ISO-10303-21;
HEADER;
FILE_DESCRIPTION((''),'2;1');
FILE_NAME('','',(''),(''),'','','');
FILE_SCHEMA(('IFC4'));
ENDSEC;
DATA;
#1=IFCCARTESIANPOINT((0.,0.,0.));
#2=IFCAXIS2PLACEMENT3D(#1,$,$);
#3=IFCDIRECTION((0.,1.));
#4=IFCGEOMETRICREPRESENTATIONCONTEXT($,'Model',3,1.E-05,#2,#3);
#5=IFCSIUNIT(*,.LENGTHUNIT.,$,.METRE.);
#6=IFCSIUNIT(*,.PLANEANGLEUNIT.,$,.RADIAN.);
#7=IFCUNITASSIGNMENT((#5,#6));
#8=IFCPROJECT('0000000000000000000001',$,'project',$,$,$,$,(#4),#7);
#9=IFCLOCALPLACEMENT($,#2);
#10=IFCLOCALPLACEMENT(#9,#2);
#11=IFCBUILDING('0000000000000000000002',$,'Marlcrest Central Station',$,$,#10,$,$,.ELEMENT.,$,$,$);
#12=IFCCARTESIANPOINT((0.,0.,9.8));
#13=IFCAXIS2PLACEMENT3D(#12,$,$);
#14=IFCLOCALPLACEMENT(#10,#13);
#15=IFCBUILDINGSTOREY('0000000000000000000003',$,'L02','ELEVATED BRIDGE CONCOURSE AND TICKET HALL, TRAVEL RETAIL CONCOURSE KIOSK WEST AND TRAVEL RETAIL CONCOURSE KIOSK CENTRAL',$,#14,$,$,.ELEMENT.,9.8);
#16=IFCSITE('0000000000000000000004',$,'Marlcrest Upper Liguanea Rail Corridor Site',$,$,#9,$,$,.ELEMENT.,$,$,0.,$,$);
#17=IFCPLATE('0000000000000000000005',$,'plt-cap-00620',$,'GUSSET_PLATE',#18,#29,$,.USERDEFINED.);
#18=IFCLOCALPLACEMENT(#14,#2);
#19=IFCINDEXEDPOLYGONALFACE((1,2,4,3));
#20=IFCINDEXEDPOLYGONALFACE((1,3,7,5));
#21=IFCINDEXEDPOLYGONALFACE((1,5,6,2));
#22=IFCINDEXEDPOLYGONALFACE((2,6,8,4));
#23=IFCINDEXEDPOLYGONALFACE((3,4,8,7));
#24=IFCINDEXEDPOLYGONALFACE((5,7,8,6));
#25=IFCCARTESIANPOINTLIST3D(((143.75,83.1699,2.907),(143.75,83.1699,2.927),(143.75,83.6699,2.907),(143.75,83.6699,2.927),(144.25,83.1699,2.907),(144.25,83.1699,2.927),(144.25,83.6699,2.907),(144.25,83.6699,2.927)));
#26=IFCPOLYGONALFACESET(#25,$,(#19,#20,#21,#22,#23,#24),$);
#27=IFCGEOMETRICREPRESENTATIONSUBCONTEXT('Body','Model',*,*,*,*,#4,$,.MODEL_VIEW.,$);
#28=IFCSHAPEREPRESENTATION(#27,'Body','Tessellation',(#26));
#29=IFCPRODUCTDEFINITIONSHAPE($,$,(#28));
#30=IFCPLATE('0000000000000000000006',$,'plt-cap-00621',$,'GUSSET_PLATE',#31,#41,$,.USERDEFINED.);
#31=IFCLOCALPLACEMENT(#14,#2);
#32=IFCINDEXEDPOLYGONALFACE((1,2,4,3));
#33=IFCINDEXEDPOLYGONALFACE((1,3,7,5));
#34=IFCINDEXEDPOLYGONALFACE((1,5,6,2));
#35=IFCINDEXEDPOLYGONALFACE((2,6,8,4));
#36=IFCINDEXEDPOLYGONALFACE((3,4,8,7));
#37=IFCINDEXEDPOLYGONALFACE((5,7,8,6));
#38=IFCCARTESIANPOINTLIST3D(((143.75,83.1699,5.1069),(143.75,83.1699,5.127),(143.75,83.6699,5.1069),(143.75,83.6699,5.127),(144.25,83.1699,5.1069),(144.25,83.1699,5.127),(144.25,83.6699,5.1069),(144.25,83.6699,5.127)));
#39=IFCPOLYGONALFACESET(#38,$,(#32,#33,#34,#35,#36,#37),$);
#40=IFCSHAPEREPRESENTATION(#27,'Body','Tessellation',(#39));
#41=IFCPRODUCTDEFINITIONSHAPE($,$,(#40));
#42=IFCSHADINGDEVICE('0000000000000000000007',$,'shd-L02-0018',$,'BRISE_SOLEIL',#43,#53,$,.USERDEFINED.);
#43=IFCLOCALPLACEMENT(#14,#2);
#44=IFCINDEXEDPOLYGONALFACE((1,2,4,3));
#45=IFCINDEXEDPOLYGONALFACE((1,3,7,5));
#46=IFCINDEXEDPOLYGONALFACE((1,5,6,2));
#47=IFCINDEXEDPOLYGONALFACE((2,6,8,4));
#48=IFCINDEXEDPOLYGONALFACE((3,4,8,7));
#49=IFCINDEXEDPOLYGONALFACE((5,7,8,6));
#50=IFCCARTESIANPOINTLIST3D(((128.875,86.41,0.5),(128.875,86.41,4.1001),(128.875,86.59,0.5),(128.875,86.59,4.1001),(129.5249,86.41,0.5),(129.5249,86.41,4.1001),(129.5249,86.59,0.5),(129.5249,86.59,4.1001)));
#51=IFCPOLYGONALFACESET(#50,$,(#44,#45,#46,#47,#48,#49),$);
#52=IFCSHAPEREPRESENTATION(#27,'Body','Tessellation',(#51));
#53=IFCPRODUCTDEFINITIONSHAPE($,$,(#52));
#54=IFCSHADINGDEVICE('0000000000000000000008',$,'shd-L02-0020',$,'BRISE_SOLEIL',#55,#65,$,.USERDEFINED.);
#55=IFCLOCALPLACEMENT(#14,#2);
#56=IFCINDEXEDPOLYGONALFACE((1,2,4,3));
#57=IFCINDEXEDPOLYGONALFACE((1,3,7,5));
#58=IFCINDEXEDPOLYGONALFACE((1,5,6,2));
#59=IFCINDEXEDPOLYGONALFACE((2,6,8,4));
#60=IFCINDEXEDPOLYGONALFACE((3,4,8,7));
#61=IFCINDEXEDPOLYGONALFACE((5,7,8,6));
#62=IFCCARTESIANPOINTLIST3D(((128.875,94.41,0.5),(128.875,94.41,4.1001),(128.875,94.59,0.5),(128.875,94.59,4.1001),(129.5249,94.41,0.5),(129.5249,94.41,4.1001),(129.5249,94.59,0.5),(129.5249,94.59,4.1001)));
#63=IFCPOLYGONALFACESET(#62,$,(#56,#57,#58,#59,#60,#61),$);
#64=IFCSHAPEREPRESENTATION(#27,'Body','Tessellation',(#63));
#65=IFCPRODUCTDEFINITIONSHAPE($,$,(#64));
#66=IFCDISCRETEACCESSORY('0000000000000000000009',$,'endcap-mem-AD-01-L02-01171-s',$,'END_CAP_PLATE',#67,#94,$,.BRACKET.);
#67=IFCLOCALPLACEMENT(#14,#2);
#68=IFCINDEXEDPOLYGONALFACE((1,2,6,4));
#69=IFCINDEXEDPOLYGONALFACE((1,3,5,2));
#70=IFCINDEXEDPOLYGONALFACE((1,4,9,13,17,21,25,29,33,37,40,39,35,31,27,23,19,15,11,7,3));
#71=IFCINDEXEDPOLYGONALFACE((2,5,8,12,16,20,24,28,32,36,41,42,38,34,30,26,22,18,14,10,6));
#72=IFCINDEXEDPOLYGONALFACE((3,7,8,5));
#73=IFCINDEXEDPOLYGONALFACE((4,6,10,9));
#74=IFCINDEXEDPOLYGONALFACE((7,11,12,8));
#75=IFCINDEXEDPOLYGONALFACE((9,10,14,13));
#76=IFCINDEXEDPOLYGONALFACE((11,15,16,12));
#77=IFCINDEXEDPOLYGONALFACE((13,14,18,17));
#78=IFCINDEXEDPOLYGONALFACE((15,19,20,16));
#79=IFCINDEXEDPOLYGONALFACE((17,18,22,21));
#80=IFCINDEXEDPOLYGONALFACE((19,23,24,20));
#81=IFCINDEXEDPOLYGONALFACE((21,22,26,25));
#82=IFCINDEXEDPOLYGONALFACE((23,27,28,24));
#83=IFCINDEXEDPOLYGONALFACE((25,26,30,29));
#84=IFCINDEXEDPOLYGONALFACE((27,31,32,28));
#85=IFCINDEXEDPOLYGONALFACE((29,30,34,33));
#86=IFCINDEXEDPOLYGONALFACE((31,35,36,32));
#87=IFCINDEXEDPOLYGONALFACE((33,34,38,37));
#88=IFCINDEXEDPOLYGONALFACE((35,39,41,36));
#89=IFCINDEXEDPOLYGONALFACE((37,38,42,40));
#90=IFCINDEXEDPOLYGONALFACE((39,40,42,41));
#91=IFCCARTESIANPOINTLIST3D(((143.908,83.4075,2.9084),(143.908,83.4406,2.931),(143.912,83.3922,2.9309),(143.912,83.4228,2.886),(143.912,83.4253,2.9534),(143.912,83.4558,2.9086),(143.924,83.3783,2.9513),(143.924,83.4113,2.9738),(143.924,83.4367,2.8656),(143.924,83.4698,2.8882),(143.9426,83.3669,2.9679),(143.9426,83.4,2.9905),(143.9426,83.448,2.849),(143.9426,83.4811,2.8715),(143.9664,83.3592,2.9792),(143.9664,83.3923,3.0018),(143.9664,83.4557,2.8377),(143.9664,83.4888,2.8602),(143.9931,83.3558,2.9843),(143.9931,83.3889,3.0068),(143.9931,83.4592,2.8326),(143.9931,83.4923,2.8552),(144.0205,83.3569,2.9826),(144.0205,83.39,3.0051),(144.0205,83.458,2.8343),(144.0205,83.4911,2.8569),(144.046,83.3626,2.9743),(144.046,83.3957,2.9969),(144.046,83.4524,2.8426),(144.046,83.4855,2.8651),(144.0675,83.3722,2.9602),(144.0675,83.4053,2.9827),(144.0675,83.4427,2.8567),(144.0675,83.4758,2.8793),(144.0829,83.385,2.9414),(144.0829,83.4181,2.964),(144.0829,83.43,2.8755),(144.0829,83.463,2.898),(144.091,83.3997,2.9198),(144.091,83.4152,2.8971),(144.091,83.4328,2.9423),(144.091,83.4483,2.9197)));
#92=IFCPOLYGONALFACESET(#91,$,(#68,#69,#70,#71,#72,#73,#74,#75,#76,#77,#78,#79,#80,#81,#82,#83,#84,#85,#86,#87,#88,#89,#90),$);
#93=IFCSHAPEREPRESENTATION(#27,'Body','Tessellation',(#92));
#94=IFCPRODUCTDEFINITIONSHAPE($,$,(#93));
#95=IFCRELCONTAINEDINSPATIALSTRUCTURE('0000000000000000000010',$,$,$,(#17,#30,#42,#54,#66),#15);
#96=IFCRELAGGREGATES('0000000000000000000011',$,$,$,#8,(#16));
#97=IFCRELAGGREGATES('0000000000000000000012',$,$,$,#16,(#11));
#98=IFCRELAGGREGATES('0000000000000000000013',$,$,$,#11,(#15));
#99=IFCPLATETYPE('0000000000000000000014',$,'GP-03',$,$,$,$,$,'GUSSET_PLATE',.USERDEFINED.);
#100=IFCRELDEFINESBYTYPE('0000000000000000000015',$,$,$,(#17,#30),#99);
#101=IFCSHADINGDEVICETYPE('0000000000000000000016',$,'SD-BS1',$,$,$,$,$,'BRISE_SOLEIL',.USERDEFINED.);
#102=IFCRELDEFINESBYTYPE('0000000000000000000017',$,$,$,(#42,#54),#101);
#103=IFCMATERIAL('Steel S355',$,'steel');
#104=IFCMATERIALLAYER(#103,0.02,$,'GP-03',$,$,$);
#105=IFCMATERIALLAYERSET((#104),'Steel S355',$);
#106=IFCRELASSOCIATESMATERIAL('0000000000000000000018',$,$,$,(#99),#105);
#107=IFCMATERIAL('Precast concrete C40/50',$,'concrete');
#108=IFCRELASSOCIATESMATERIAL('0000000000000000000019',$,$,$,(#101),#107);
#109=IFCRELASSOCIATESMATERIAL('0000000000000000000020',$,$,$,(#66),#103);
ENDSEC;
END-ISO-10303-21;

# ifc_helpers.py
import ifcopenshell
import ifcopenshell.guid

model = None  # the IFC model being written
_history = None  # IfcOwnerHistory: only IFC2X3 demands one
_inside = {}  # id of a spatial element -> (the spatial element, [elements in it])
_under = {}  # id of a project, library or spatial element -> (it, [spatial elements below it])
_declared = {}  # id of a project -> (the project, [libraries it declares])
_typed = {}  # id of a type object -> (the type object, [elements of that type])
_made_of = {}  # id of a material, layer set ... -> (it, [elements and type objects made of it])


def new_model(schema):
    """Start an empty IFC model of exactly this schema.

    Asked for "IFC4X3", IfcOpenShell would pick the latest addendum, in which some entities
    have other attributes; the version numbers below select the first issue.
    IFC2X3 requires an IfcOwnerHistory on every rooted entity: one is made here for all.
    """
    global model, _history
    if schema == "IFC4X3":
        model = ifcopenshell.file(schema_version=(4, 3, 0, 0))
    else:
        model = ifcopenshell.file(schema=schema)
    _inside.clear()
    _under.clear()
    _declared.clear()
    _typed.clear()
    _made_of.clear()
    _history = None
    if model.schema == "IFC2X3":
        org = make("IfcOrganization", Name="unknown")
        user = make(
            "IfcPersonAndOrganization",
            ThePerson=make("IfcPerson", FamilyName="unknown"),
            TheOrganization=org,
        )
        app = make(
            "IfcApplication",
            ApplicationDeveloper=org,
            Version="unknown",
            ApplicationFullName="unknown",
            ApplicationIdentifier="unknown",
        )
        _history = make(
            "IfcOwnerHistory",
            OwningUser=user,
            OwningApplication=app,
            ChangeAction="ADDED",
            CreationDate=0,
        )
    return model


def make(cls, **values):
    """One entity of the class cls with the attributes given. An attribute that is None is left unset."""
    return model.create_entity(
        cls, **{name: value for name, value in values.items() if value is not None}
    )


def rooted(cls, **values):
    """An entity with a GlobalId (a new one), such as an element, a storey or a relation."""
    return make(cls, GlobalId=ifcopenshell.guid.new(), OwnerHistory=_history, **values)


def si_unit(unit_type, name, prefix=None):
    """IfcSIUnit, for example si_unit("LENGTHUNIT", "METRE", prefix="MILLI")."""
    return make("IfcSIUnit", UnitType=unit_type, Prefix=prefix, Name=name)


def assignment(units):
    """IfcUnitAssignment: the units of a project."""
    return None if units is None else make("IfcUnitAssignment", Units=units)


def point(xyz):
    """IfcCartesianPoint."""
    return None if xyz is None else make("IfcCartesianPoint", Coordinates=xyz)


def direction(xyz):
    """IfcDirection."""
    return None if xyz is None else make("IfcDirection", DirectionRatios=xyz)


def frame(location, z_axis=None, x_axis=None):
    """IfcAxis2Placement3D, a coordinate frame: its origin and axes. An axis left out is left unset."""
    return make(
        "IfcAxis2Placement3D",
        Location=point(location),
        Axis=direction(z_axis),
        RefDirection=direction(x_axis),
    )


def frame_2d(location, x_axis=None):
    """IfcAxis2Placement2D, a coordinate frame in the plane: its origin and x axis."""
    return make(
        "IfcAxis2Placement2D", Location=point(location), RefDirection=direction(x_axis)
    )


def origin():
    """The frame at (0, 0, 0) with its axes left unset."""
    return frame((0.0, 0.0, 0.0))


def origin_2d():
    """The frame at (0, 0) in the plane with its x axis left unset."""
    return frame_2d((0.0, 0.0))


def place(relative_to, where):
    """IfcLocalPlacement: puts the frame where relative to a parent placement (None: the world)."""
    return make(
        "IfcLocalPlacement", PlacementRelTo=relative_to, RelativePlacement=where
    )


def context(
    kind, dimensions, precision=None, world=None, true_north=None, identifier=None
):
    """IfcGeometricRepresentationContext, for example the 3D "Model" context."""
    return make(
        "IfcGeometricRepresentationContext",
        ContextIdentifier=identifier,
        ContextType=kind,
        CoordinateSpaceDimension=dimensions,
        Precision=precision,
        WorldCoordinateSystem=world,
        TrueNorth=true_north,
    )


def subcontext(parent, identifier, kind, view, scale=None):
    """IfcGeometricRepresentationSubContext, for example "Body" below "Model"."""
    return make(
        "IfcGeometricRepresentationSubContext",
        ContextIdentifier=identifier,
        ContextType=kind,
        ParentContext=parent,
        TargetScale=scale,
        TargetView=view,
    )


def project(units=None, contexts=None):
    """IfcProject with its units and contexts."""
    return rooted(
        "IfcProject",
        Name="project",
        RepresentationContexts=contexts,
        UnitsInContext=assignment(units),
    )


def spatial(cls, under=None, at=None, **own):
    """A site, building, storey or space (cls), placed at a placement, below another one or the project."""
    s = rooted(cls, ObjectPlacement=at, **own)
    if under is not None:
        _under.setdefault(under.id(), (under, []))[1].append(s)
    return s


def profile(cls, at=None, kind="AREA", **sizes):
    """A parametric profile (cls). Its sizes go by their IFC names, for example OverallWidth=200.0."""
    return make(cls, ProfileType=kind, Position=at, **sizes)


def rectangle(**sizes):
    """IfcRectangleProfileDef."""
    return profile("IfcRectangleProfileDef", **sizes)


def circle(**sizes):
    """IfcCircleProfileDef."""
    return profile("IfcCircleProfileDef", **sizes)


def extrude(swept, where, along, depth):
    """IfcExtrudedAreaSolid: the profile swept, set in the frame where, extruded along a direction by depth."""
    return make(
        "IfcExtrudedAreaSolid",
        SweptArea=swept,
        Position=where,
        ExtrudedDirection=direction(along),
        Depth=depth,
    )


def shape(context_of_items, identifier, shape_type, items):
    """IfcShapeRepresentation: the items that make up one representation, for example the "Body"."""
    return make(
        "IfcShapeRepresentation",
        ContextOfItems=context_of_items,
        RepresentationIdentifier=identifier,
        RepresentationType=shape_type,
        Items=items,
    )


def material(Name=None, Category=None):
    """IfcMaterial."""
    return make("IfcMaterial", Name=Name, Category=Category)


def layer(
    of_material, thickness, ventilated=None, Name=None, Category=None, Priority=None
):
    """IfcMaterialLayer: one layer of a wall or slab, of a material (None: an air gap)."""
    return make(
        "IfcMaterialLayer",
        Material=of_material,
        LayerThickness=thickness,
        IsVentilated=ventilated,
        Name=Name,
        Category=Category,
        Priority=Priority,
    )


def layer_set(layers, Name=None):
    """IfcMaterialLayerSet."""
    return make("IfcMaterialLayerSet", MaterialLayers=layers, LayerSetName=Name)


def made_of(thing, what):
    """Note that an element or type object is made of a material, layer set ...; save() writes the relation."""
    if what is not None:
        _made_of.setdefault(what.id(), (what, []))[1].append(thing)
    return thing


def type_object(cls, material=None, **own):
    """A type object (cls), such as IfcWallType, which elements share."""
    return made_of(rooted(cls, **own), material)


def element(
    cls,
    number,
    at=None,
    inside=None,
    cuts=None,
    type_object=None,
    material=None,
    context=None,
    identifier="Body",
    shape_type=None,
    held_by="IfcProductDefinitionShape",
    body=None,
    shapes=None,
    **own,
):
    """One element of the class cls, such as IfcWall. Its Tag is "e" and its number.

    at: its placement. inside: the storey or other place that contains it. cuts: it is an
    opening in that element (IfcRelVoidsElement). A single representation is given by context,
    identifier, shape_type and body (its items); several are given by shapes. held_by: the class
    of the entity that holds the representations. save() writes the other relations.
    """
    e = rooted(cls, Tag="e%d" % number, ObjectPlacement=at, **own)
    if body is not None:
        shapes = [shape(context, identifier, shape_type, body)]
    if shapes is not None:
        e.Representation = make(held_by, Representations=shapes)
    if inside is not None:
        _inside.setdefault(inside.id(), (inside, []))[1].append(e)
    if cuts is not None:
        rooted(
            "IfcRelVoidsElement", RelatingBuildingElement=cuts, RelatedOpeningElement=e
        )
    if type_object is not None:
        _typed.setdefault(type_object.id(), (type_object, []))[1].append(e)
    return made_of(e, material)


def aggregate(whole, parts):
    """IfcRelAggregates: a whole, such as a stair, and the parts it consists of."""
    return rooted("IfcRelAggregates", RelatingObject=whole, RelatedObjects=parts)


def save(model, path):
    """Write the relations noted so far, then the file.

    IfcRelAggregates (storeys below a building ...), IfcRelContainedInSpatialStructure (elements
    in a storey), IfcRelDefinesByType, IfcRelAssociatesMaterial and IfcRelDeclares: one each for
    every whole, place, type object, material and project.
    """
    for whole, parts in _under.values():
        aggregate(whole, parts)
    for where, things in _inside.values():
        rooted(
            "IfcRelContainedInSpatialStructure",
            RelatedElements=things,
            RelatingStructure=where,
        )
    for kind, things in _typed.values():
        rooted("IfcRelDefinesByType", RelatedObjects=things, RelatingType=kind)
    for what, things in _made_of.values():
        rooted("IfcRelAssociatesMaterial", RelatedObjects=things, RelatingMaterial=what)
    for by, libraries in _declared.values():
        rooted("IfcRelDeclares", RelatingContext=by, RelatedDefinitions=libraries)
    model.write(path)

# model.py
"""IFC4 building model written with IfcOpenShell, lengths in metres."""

from ifc_helpers import new_model, si_unit, direction, frame, origin, origin_2d, place, context, subcontext, project, spatial, rectangle, circle, extrude, material, layer, layer_set, type_object, element, save


model = new_model("IFC4")

# Units and contexts
model_context = context("Model", 3, precision=1e-05, world=origin(), true_north=direction((0.0, 1.0)))
body_context = subcontext(model_context, "Body", "Model", "MODEL_VIEW")
ifc_project = project(units=[si_unit("LENGTHUNIT", "METRE"), si_unit("PLANEANGLEUNIT", "RADIAN")], contexts=[model_context])

# Site, building, storey
site_placement = place(None, origin())
site = spatial("IfcSite", under=ifc_project, at=site_placement, Name="Marlcrest Upper Liguanea Rail Corridor Site", CompositionType="ELEMENT", RefElevation=0.0)
building_placement = place(site_placement, origin())
building = spatial("IfcBuilding", under=site, at=building_placement, Name="Marlcrest Central Station", CompositionType="ELEMENT")
storey_placement = place(building_placement, frame((0.0, 0.0, 9.8)))
storey = spatial("IfcBuildingStorey", under=building, at=storey_placement, Name="L02", Description="ELEVATED BRIDGE CONCOURSE AND TICKET HALL, TRAVEL RETAIL CONCOURSE KIOSK WEST AND TRAVEL RETAIL CONCOURSE KIOSK CENTRAL", CompositionType="ELEMENT", Elevation=9.8)

# Shared definitions
ifc_material_1 = material(Name="Steel S355", Category="steel")

# Plates
ifc_layer_1 = layer(ifc_material_1, 0.02, Name="GP-03")
ifc_layer_set_1 = layer_set([ifc_layer_1], Name="Steel S355")
plate_type_1 = type_object("IfcPlateType", Name="GP-03", ElementType="GUSSET_PLATE", PredefinedType="USERDEFINED", material=ifc_layer_set_1)
for number, where, z_axis, x_axis, name in (
    (1, (144.0, 83.4199, 2.907), (0.0, 0.0, 1.0), (1.0, 0.0, 0.0), "plt-cap-00620"),
    (2, (144.0, 83.4199, 5.1069), (0.0, 0.0, 1.0), (1.0, 0.0, 0.0), "plt-cap-00621"),
):
    element("IfcPlate", number, at=place(storey_placement, frame(where, z_axis=z_axis, x_axis=x_axis)), inside=storey, type_object=plate_type_1, Name=name, ObjectType="GUSSET_PLATE", PredefinedType="USERDEFINED", context=body_context, shape_type="SweptSolid", body=[
        extrude(rectangle(XDim=0.5, YDim=0.5, at=origin_2d()), origin(), (0.0, 0.0, 1.0), 0.02),
    ])

# Shading devices
ifc_material_2 = material(Name="Precast concrete C40/50", Category="concrete")
shading_device_type = type_object("IfcShadingDeviceType", Name="SD-BS1", ElementType="BRISE_SOLEIL", PredefinedType="USERDEFINED", material=ifc_material_2)
for number, where, z_axis, x_axis, name in (
    (3, (129.2, 86.5, 0.5), (0.0, 0.0, 1.0), (0.0, 1.0, 0.0), "shd-L02-0018"),
    (4, (129.2, 94.5, 0.5), (0.0, 0.0, 1.0), (0.0, 1.0, 0.0), "shd-L02-0020"),
):
    element("IfcShadingDevice", number, at=place(storey_placement, frame(where, z_axis=z_axis, x_axis=x_axis)), inside=storey, type_object=shading_device_type, Name=name, ObjectType="BRISE_SOLEIL", PredefinedType="USERDEFINED", context=body_context, shape_type="SweptSolid", body=[
        extrude(rectangle(XDim=0.1799, YDim=0.6499, at=origin_2d()), origin(), (0.0, 0.0, 1.0), 3.6001),
    ])

# Discrete accessory
discrete_accessory_placement = place(storey_placement, frame((144.0, 83.4075, 2.9084), z_axis=(0.0, 0.826263, 0.563285), x_axis=(-1.0, 0.0, 0.0)))
element("IfcDiscreteAccessory", 5, at=discrete_accessory_placement, inside=storey, material=ifc_material_1, Name="endcap-mem-AD-01-L02-01171-s", ObjectType="END_CAP_PLATE", PredefinedType="BRACKET", context=body_context, shape_type="SweptSolid", body=[
    extrude(circle(Radius=0.092, at=origin_2d()), origin(), (0.0, 0.0, 1.0), 0.04),
])

save(model, "model.ifc")
